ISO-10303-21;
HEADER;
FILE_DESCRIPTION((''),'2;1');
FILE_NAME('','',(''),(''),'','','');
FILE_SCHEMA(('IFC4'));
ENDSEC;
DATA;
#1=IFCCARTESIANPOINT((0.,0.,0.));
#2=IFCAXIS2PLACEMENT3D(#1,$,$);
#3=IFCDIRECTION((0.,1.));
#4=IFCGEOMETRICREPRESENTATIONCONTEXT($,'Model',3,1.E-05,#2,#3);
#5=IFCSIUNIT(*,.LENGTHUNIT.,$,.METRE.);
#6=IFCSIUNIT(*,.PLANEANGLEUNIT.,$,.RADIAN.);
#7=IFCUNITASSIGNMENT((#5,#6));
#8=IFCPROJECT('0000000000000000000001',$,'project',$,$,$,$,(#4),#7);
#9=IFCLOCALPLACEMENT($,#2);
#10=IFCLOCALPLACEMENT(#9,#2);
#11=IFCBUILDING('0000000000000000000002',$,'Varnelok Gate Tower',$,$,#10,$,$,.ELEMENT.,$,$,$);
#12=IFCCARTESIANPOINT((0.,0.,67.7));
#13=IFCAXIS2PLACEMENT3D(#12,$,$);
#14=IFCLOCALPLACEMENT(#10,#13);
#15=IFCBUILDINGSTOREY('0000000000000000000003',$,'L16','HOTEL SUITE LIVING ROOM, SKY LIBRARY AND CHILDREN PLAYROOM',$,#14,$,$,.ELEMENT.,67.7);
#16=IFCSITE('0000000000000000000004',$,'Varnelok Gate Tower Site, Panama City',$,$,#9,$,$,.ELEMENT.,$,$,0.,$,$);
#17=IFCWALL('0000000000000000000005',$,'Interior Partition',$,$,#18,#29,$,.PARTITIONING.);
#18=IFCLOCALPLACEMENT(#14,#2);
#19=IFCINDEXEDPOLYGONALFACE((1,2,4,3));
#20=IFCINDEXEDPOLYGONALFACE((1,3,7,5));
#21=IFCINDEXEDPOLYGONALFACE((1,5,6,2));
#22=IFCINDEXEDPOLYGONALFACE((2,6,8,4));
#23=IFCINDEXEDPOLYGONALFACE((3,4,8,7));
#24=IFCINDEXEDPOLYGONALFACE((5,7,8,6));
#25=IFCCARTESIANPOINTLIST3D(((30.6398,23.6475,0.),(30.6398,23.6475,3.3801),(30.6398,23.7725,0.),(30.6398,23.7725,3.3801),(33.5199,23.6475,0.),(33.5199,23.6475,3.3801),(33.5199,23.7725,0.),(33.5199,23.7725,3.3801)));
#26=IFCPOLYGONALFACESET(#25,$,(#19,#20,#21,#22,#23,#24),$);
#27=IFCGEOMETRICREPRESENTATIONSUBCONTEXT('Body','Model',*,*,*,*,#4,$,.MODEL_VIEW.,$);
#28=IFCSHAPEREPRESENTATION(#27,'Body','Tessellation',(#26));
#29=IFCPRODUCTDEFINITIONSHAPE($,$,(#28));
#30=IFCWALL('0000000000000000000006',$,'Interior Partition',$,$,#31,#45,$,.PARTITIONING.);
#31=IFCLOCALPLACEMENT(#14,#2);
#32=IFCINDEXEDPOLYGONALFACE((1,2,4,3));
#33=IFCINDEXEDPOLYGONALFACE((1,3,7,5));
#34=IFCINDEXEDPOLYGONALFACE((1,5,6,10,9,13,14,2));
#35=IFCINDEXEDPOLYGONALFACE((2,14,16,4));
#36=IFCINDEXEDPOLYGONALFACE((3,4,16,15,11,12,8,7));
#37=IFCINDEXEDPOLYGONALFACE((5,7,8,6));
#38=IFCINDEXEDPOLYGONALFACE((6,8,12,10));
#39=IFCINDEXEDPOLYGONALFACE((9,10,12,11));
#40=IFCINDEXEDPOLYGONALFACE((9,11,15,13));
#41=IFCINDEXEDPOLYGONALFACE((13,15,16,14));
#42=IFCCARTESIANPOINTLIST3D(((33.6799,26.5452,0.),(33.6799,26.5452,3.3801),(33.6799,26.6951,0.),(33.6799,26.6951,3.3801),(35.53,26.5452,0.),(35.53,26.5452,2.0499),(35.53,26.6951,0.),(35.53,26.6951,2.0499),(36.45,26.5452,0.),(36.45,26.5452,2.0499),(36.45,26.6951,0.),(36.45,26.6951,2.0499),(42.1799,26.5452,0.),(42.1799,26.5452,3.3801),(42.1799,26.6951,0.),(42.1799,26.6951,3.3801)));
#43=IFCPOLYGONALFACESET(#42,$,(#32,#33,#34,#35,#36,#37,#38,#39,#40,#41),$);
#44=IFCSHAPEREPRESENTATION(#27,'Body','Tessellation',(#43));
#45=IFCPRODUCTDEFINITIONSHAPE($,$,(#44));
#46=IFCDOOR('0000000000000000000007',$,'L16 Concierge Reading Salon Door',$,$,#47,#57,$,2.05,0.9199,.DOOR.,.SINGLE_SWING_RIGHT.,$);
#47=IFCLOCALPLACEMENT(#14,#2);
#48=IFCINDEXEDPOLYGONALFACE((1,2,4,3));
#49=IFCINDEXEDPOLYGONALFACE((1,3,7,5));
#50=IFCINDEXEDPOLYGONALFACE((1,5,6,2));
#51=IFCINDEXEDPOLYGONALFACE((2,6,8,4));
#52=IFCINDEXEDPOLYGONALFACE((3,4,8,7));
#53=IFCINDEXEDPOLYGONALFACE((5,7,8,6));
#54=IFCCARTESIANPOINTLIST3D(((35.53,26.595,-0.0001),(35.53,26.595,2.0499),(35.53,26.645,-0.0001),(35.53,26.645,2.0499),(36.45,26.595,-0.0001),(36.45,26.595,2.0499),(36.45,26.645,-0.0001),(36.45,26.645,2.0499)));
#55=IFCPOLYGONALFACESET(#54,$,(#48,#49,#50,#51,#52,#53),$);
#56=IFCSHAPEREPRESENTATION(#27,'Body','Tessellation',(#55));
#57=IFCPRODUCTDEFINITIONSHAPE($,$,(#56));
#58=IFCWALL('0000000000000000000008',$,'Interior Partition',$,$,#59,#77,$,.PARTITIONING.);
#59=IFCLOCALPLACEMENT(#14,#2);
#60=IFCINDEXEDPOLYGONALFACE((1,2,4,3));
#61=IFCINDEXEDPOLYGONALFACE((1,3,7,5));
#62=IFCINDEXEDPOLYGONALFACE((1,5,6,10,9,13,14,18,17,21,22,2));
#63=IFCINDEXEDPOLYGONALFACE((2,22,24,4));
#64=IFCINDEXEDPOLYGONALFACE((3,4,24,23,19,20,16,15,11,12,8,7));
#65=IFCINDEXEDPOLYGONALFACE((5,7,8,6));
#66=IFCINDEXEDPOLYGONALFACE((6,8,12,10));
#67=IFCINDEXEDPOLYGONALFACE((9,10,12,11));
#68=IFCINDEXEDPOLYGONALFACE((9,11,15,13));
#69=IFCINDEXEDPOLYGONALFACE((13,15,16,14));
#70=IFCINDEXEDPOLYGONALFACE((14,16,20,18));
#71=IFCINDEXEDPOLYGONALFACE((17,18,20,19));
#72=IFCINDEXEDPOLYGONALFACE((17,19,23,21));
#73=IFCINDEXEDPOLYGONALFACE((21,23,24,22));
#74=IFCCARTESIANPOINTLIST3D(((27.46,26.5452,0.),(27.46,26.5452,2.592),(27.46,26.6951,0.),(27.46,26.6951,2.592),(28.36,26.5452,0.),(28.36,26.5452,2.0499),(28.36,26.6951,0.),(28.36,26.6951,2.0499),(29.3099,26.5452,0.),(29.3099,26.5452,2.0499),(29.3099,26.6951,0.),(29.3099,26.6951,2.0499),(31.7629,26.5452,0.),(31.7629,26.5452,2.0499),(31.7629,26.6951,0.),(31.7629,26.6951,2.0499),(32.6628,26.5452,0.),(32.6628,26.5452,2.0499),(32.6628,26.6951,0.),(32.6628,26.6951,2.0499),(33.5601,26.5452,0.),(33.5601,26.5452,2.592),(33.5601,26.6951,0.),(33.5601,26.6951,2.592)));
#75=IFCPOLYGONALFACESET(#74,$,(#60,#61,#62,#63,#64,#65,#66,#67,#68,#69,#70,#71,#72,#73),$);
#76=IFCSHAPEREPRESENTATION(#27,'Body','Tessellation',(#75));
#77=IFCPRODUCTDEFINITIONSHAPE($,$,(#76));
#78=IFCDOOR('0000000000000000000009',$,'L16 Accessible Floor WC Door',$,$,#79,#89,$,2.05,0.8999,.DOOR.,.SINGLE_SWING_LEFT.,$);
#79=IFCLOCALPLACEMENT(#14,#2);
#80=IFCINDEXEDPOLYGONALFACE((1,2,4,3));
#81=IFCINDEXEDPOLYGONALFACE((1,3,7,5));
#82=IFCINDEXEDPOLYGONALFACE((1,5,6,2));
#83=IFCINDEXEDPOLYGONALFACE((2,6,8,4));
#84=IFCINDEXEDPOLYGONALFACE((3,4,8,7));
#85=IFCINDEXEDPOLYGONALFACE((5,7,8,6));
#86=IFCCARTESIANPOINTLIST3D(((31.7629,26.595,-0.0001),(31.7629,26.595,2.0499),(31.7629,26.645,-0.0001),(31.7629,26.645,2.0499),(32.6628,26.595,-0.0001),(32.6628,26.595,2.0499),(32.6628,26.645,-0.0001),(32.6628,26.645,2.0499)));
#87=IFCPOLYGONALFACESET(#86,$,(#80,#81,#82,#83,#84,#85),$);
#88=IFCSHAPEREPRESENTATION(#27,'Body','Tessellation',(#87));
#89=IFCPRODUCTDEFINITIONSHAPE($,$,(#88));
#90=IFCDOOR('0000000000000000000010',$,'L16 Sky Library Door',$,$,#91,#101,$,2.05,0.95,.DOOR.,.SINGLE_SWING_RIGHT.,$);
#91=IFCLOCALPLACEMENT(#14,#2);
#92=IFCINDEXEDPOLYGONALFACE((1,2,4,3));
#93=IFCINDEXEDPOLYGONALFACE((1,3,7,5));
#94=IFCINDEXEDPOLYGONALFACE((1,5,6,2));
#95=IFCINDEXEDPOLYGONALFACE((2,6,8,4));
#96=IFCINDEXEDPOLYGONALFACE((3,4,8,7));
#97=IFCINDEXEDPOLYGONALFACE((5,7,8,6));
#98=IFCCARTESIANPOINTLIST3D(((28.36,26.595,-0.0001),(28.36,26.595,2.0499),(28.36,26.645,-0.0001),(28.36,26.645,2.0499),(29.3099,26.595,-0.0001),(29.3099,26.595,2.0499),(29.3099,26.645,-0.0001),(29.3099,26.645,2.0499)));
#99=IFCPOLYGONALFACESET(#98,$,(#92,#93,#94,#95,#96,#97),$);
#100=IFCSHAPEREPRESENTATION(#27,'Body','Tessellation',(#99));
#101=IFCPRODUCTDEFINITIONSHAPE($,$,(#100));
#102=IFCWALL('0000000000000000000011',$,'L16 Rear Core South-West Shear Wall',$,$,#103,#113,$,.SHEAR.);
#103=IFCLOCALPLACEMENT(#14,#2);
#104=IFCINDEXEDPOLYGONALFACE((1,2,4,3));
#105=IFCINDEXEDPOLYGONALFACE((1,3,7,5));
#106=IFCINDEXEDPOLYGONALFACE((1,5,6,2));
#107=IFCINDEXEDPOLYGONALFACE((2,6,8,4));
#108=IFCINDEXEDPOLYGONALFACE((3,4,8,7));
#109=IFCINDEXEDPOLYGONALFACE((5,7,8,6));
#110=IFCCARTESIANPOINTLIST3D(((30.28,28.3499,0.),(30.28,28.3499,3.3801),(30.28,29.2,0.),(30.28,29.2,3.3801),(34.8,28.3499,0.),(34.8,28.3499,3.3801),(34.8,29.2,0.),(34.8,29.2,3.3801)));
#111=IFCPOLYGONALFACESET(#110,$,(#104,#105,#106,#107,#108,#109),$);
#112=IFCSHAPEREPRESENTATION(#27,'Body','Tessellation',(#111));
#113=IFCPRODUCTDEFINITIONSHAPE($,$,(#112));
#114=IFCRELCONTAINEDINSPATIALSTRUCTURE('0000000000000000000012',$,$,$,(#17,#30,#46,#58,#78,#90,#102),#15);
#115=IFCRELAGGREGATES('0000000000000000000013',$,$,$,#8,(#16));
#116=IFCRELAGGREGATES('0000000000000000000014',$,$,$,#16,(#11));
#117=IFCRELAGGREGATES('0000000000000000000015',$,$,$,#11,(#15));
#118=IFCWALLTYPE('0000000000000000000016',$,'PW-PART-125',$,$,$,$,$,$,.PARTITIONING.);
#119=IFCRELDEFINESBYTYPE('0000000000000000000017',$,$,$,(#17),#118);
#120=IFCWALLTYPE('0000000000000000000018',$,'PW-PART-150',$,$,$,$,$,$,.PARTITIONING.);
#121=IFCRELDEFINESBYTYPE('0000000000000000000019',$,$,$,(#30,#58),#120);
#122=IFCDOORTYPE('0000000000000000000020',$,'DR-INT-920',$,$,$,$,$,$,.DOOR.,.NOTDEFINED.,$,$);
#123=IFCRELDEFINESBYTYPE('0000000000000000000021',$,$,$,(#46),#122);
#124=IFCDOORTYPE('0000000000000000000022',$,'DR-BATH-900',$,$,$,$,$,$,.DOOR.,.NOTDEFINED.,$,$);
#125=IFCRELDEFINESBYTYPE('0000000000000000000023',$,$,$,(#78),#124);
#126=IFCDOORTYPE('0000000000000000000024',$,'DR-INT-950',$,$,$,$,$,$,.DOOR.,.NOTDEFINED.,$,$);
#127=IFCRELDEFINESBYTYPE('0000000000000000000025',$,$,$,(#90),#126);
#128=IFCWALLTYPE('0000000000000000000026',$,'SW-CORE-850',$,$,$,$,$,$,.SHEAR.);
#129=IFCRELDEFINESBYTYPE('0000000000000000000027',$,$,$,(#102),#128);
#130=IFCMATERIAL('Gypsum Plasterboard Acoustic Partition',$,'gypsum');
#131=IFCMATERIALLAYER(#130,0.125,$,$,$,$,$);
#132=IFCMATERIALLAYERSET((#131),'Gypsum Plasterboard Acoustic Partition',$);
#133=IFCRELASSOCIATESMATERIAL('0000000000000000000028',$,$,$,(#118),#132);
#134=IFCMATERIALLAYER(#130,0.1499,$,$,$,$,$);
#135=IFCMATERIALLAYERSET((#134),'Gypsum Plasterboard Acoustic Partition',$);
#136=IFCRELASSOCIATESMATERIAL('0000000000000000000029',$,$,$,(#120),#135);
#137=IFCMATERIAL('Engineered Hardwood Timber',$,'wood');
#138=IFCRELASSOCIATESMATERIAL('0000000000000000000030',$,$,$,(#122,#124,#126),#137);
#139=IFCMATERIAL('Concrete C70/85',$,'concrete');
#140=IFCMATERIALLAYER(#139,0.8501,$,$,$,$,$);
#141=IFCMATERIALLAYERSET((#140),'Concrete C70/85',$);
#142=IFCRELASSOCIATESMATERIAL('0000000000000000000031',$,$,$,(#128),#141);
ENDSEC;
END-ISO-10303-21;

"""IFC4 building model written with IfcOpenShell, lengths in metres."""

from ifc_helpers import new_model, si_unit, direction, frame, frame_2d, origin, place, context, subcontext, project, spatial, rectangle, extrude, material, layer, layer_set, type_object, element, fill, save


model = new_model("IFC4")

# Units and contexts
model_context = context("Model", 3, precision=1e-05, world=origin(), true_north=direction((0.0, 1.0)))
body_context = subcontext(model_context, "Body", "Model", "MODEL_VIEW")
ifc_project = project(units=[si_unit("LENGTHUNIT", "METRE"), si_unit("PLANEANGLEUNIT", "RADIAN")], contexts=[model_context])

# Site, building, storey
site_placement = place(None, origin())
site = spatial("IfcSite", under=ifc_project, at=site_placement, Name="Varnelok Gate Tower Site, Panama City", CompositionType="ELEMENT", RefElevation=0.0)
building_placement = place(site_placement, origin())
building = spatial("IfcBuilding", under=site, at=building_placement, Name="Varnelok Gate Tower", CompositionType="ELEMENT")
storey_placement = place(building_placement, frame((0.0, 0.0, 67.7)))
storey = spatial("IfcBuildingStorey", under=building, at=storey_placement, Name="L16", Description="HOTEL SUITE LIVING ROOM, SKY LIBRARY AND CHILDREN PLAYROOM", CompositionType="ELEMENT", Elevation=67.7)

# Shared definitions
ifc_material_1 = material(Name="Concrete C70/85", Category="concrete")

# Wall
ifc_material_2 = material(Name="Gypsum Plasterboard Acoustic Partition", Category="gypsum")
ifc_layer_1 = layer(ifc_material_2, 0.125)
ifc_layer_set_1 = layer_set([ifc_layer_1], Name="Gypsum Plasterboard Acoustic Partition")
wall_type_1 = type_object("IfcWallType", Name="PW-PART-125", PredefinedType="PARTITIONING", material=ifc_layer_set_1)
wall_1_placement = place(storey_placement, frame((30.6399, 23.71, 0.0), z_axis=(0.0, 0.0, 1.0), x_axis=(1.0, 0.0, 0.0)))
element("IfcWall", 1, at=wall_1_placement, inside=storey, type_object=wall_type_1, Name="Interior Partition", PredefinedType="PARTITIONING", context=body_context, shape_type="SweptSolid", body=[
    extrude(rectangle(XDim=2.8801, YDim=0.125, at=frame_2d((1.4399, 0.0))), origin(), (0.0, 0.0, 1.0), 3.3801),
])

# Wall, opening, door
ifc_layer_2 = layer(ifc_material_2, 0.1499)
ifc_layer_set_2 = layer_set([ifc_layer_2], Name="Gypsum Plasterboard Acoustic Partition")
wall_type_2 = type_object("IfcWallType", Name="PW-PART-150", PredefinedType="PARTITIONING", material=ifc_layer_set_2)
wall_2_placement = place(storey_placement, frame((33.6799, 26.6201, 0.0), z_axis=(0.0, 0.0, 1.0), x_axis=(1.0, 0.0, 0.0)))
wall_2 = element("IfcWall", 2, at=wall_2_placement, inside=storey, type_object=wall_type_2, Name="Interior Partition", PredefinedType="PARTITIONING", context=body_context, shape_type="SweptSolid", body=[
    extrude(rectangle(XDim=8.5, YDim=0.1499, at=frame_2d((4.25, 0.0))), origin(), (0.0, 0.0, 1.0), 3.3801),
])
opening_1_placement = place(wall_2_placement, frame((1.8501, 0.0, 0.0)))
opening_1 = element("IfcOpeningElement", 3, at=opening_1_placement, cuts=wall_2, PredefinedType="OPENING", context=body_context, shape_type="SweptSolid", body=[
    extrude(rectangle(XDim=0.9199, YDim=2.05, at=frame_2d((0.46, 1.0249))), frame((0.0, 0.085, 0.0), z_axis=(0.0, -1.0, 0.0), x_axis=(1.0, 0.0, 0.0)), (0.0, 0.0, 1.0), 0.1699),
])
ifc_material_3 = material(Name="Engineered Hardwood Timber", Category="wood")
door_type_1 = type_object("IfcDoorType", Name="DR-INT-920", OperationType="NOTDEFINED", PredefinedType="DOOR", material=ifc_material_3)
door_1_placement = place(opening_1_placement, origin())
door_1 = element("IfcDoor", 4, at=door_1_placement, inside=storey, type_object=door_type_1, Name="L16 Concierge Reading Salon Door", OperationType="SINGLE_SWING_RIGHT", OverallHeight=2.05, OverallWidth=0.9199, PredefinedType="DOOR", context=body_context, shape_type="SweptSolid", body=[
    extrude(rectangle(XDim=0.9199, YDim=2.05, at=frame_2d((0.46, 1.0249))), frame((0.0, 0.0249, 0.0), z_axis=(0.0, -1.0, 0.0), x_axis=(1.0, 0.0, 0.0)), (0.0, 0.0, 1.0), 0.05),
])
fill(opening_1, door_1)

# Wall, openings, doors
wall_3_placement = place(storey_placement, frame((27.46, 26.6201, 0.0), z_axis=(0.0, 0.0, 1.0), x_axis=(1.0, 0.0, 0.0)))
wall_3 = element("IfcWall", 5, at=wall_3_placement, inside=storey, type_object=wall_type_2, Name="Interior Partition", PredefinedType="PARTITIONING", context=body_context, shape_type="SweptSolid", body=[
    extrude(rectangle(XDim=6.1001, YDim=0.1499, at=frame_2d((3.05, 0.0))), origin(), (0.0, 0.0, 1.0), 2.592),
])
opening_2_placement = place(wall_3_placement, frame((0.8999, 0.0, 0.0)))
opening_2 = element("IfcOpeningElement", 6, at=opening_2_placement, cuts=wall_3, PredefinedType="OPENING", context=body_context, shape_type="SweptSolid", body=[
    extrude(rectangle(XDim=0.95, YDim=2.05, at=frame_2d((0.4751, 1.0249))), frame((0.0, 0.085, 0.0), z_axis=(0.0, -1.0, 0.0), x_axis=(1.0, 0.0, 0.0)), (0.0, 0.0, 1.0), 0.1699),
])
opening_3_placement = place(wall_3_placement, frame((4.303, 0.0, 0.0)))
opening_3 = element("IfcOpeningElement", 7, at=opening_3_placement, cuts=wall_3, PredefinedType="OPENING", context=body_context, shape_type="SweptSolid", body=[
    extrude(rectangle(XDim=0.8999, YDim=2.05, at=frame_2d((0.45, 1.0249))), frame((0.0, 0.085, 0.0), z_axis=(0.0, -1.0, 0.0), x_axis=(1.0, 0.0, 0.0)), (0.0, 0.0, 1.0), 0.1699),
])
door_type_2 = type_object("IfcDoorType", Name="DR-BATH-900", OperationType="NOTDEFINED", PredefinedType="DOOR", material=ifc_material_3)
door_2_placement = place(opening_3_placement, origin())
door_2 = element("IfcDoor", 8, at=door_2_placement, inside=storey, type_object=door_type_2, Name="L16 Accessible Floor WC Door", OperationType="SINGLE_SWING_LEFT", OverallHeight=2.05, OverallWidth=0.8999, PredefinedType="DOOR", context=body_context, shape_type="SweptSolid", body=[
    extrude(rectangle(XDim=0.8999, YDim=2.05, at=frame_2d((0.45, 1.0249))), frame((0.0, 0.0249, 0.0), z_axis=(0.0, -1.0, 0.0), x_axis=(1.0, 0.0, 0.0)), (0.0, 0.0, 1.0), 0.05),
])
fill(opening_3, door_2)
door_type_3 = type_object("IfcDoorType", Name="DR-INT-950", OperationType="NOTDEFINED", PredefinedType="DOOR", material=ifc_material_3)
door_3_placement = place(opening_2_placement, origin())
door_3 = element("IfcDoor", 9, at=door_3_placement, inside=storey, type_object=door_type_3, Name="L16 Sky Library Door", OperationType="SINGLE_SWING_RIGHT", OverallHeight=2.05, OverallWidth=0.95, PredefinedType="DOOR", context=body_context, shape_type="SweptSolid", body=[
    extrude(rectangle(XDim=0.95, YDim=2.05, at=frame_2d((0.4751, 1.0249))), frame((0.0, 0.0249, 0.0), z_axis=(0.0, -1.0, 0.0), x_axis=(1.0, 0.0, 0.0)), (0.0, 0.0, 1.0), 0.05),
])
fill(opening_2, door_3)

# Wall
ifc_layer_3 = layer(ifc_material_1, 0.8501)
ifc_layer_set_3 = layer_set([ifc_layer_3], Name="Concrete C70/85")
wall_type_3 = type_object("IfcWallType", Name="SW-CORE-850", PredefinedType="SHEAR", material=ifc_layer_set_3)
wall_4_placement = place(storey_placement, frame((30.28, 28.7749, 0.0), z_axis=(0.0, 0.0, 1.0), x_axis=(1.0, 0.0, 0.0)))
element("IfcWall", 10, at=wall_4_placement, inside=storey, type_object=wall_type_3, Name="L16 Rear Core South-West Shear Wall", PredefinedType="SHEAR", context=body_context, shape_type="SweptSolid", body=[
    extrude(rectangle(XDim=4.52, YDim=0.8501, at=frame_2d((2.26, 0.0))), origin(), (0.0, 0.0, 1.0), 3.3801),
])

save(model, "model.ifc")
